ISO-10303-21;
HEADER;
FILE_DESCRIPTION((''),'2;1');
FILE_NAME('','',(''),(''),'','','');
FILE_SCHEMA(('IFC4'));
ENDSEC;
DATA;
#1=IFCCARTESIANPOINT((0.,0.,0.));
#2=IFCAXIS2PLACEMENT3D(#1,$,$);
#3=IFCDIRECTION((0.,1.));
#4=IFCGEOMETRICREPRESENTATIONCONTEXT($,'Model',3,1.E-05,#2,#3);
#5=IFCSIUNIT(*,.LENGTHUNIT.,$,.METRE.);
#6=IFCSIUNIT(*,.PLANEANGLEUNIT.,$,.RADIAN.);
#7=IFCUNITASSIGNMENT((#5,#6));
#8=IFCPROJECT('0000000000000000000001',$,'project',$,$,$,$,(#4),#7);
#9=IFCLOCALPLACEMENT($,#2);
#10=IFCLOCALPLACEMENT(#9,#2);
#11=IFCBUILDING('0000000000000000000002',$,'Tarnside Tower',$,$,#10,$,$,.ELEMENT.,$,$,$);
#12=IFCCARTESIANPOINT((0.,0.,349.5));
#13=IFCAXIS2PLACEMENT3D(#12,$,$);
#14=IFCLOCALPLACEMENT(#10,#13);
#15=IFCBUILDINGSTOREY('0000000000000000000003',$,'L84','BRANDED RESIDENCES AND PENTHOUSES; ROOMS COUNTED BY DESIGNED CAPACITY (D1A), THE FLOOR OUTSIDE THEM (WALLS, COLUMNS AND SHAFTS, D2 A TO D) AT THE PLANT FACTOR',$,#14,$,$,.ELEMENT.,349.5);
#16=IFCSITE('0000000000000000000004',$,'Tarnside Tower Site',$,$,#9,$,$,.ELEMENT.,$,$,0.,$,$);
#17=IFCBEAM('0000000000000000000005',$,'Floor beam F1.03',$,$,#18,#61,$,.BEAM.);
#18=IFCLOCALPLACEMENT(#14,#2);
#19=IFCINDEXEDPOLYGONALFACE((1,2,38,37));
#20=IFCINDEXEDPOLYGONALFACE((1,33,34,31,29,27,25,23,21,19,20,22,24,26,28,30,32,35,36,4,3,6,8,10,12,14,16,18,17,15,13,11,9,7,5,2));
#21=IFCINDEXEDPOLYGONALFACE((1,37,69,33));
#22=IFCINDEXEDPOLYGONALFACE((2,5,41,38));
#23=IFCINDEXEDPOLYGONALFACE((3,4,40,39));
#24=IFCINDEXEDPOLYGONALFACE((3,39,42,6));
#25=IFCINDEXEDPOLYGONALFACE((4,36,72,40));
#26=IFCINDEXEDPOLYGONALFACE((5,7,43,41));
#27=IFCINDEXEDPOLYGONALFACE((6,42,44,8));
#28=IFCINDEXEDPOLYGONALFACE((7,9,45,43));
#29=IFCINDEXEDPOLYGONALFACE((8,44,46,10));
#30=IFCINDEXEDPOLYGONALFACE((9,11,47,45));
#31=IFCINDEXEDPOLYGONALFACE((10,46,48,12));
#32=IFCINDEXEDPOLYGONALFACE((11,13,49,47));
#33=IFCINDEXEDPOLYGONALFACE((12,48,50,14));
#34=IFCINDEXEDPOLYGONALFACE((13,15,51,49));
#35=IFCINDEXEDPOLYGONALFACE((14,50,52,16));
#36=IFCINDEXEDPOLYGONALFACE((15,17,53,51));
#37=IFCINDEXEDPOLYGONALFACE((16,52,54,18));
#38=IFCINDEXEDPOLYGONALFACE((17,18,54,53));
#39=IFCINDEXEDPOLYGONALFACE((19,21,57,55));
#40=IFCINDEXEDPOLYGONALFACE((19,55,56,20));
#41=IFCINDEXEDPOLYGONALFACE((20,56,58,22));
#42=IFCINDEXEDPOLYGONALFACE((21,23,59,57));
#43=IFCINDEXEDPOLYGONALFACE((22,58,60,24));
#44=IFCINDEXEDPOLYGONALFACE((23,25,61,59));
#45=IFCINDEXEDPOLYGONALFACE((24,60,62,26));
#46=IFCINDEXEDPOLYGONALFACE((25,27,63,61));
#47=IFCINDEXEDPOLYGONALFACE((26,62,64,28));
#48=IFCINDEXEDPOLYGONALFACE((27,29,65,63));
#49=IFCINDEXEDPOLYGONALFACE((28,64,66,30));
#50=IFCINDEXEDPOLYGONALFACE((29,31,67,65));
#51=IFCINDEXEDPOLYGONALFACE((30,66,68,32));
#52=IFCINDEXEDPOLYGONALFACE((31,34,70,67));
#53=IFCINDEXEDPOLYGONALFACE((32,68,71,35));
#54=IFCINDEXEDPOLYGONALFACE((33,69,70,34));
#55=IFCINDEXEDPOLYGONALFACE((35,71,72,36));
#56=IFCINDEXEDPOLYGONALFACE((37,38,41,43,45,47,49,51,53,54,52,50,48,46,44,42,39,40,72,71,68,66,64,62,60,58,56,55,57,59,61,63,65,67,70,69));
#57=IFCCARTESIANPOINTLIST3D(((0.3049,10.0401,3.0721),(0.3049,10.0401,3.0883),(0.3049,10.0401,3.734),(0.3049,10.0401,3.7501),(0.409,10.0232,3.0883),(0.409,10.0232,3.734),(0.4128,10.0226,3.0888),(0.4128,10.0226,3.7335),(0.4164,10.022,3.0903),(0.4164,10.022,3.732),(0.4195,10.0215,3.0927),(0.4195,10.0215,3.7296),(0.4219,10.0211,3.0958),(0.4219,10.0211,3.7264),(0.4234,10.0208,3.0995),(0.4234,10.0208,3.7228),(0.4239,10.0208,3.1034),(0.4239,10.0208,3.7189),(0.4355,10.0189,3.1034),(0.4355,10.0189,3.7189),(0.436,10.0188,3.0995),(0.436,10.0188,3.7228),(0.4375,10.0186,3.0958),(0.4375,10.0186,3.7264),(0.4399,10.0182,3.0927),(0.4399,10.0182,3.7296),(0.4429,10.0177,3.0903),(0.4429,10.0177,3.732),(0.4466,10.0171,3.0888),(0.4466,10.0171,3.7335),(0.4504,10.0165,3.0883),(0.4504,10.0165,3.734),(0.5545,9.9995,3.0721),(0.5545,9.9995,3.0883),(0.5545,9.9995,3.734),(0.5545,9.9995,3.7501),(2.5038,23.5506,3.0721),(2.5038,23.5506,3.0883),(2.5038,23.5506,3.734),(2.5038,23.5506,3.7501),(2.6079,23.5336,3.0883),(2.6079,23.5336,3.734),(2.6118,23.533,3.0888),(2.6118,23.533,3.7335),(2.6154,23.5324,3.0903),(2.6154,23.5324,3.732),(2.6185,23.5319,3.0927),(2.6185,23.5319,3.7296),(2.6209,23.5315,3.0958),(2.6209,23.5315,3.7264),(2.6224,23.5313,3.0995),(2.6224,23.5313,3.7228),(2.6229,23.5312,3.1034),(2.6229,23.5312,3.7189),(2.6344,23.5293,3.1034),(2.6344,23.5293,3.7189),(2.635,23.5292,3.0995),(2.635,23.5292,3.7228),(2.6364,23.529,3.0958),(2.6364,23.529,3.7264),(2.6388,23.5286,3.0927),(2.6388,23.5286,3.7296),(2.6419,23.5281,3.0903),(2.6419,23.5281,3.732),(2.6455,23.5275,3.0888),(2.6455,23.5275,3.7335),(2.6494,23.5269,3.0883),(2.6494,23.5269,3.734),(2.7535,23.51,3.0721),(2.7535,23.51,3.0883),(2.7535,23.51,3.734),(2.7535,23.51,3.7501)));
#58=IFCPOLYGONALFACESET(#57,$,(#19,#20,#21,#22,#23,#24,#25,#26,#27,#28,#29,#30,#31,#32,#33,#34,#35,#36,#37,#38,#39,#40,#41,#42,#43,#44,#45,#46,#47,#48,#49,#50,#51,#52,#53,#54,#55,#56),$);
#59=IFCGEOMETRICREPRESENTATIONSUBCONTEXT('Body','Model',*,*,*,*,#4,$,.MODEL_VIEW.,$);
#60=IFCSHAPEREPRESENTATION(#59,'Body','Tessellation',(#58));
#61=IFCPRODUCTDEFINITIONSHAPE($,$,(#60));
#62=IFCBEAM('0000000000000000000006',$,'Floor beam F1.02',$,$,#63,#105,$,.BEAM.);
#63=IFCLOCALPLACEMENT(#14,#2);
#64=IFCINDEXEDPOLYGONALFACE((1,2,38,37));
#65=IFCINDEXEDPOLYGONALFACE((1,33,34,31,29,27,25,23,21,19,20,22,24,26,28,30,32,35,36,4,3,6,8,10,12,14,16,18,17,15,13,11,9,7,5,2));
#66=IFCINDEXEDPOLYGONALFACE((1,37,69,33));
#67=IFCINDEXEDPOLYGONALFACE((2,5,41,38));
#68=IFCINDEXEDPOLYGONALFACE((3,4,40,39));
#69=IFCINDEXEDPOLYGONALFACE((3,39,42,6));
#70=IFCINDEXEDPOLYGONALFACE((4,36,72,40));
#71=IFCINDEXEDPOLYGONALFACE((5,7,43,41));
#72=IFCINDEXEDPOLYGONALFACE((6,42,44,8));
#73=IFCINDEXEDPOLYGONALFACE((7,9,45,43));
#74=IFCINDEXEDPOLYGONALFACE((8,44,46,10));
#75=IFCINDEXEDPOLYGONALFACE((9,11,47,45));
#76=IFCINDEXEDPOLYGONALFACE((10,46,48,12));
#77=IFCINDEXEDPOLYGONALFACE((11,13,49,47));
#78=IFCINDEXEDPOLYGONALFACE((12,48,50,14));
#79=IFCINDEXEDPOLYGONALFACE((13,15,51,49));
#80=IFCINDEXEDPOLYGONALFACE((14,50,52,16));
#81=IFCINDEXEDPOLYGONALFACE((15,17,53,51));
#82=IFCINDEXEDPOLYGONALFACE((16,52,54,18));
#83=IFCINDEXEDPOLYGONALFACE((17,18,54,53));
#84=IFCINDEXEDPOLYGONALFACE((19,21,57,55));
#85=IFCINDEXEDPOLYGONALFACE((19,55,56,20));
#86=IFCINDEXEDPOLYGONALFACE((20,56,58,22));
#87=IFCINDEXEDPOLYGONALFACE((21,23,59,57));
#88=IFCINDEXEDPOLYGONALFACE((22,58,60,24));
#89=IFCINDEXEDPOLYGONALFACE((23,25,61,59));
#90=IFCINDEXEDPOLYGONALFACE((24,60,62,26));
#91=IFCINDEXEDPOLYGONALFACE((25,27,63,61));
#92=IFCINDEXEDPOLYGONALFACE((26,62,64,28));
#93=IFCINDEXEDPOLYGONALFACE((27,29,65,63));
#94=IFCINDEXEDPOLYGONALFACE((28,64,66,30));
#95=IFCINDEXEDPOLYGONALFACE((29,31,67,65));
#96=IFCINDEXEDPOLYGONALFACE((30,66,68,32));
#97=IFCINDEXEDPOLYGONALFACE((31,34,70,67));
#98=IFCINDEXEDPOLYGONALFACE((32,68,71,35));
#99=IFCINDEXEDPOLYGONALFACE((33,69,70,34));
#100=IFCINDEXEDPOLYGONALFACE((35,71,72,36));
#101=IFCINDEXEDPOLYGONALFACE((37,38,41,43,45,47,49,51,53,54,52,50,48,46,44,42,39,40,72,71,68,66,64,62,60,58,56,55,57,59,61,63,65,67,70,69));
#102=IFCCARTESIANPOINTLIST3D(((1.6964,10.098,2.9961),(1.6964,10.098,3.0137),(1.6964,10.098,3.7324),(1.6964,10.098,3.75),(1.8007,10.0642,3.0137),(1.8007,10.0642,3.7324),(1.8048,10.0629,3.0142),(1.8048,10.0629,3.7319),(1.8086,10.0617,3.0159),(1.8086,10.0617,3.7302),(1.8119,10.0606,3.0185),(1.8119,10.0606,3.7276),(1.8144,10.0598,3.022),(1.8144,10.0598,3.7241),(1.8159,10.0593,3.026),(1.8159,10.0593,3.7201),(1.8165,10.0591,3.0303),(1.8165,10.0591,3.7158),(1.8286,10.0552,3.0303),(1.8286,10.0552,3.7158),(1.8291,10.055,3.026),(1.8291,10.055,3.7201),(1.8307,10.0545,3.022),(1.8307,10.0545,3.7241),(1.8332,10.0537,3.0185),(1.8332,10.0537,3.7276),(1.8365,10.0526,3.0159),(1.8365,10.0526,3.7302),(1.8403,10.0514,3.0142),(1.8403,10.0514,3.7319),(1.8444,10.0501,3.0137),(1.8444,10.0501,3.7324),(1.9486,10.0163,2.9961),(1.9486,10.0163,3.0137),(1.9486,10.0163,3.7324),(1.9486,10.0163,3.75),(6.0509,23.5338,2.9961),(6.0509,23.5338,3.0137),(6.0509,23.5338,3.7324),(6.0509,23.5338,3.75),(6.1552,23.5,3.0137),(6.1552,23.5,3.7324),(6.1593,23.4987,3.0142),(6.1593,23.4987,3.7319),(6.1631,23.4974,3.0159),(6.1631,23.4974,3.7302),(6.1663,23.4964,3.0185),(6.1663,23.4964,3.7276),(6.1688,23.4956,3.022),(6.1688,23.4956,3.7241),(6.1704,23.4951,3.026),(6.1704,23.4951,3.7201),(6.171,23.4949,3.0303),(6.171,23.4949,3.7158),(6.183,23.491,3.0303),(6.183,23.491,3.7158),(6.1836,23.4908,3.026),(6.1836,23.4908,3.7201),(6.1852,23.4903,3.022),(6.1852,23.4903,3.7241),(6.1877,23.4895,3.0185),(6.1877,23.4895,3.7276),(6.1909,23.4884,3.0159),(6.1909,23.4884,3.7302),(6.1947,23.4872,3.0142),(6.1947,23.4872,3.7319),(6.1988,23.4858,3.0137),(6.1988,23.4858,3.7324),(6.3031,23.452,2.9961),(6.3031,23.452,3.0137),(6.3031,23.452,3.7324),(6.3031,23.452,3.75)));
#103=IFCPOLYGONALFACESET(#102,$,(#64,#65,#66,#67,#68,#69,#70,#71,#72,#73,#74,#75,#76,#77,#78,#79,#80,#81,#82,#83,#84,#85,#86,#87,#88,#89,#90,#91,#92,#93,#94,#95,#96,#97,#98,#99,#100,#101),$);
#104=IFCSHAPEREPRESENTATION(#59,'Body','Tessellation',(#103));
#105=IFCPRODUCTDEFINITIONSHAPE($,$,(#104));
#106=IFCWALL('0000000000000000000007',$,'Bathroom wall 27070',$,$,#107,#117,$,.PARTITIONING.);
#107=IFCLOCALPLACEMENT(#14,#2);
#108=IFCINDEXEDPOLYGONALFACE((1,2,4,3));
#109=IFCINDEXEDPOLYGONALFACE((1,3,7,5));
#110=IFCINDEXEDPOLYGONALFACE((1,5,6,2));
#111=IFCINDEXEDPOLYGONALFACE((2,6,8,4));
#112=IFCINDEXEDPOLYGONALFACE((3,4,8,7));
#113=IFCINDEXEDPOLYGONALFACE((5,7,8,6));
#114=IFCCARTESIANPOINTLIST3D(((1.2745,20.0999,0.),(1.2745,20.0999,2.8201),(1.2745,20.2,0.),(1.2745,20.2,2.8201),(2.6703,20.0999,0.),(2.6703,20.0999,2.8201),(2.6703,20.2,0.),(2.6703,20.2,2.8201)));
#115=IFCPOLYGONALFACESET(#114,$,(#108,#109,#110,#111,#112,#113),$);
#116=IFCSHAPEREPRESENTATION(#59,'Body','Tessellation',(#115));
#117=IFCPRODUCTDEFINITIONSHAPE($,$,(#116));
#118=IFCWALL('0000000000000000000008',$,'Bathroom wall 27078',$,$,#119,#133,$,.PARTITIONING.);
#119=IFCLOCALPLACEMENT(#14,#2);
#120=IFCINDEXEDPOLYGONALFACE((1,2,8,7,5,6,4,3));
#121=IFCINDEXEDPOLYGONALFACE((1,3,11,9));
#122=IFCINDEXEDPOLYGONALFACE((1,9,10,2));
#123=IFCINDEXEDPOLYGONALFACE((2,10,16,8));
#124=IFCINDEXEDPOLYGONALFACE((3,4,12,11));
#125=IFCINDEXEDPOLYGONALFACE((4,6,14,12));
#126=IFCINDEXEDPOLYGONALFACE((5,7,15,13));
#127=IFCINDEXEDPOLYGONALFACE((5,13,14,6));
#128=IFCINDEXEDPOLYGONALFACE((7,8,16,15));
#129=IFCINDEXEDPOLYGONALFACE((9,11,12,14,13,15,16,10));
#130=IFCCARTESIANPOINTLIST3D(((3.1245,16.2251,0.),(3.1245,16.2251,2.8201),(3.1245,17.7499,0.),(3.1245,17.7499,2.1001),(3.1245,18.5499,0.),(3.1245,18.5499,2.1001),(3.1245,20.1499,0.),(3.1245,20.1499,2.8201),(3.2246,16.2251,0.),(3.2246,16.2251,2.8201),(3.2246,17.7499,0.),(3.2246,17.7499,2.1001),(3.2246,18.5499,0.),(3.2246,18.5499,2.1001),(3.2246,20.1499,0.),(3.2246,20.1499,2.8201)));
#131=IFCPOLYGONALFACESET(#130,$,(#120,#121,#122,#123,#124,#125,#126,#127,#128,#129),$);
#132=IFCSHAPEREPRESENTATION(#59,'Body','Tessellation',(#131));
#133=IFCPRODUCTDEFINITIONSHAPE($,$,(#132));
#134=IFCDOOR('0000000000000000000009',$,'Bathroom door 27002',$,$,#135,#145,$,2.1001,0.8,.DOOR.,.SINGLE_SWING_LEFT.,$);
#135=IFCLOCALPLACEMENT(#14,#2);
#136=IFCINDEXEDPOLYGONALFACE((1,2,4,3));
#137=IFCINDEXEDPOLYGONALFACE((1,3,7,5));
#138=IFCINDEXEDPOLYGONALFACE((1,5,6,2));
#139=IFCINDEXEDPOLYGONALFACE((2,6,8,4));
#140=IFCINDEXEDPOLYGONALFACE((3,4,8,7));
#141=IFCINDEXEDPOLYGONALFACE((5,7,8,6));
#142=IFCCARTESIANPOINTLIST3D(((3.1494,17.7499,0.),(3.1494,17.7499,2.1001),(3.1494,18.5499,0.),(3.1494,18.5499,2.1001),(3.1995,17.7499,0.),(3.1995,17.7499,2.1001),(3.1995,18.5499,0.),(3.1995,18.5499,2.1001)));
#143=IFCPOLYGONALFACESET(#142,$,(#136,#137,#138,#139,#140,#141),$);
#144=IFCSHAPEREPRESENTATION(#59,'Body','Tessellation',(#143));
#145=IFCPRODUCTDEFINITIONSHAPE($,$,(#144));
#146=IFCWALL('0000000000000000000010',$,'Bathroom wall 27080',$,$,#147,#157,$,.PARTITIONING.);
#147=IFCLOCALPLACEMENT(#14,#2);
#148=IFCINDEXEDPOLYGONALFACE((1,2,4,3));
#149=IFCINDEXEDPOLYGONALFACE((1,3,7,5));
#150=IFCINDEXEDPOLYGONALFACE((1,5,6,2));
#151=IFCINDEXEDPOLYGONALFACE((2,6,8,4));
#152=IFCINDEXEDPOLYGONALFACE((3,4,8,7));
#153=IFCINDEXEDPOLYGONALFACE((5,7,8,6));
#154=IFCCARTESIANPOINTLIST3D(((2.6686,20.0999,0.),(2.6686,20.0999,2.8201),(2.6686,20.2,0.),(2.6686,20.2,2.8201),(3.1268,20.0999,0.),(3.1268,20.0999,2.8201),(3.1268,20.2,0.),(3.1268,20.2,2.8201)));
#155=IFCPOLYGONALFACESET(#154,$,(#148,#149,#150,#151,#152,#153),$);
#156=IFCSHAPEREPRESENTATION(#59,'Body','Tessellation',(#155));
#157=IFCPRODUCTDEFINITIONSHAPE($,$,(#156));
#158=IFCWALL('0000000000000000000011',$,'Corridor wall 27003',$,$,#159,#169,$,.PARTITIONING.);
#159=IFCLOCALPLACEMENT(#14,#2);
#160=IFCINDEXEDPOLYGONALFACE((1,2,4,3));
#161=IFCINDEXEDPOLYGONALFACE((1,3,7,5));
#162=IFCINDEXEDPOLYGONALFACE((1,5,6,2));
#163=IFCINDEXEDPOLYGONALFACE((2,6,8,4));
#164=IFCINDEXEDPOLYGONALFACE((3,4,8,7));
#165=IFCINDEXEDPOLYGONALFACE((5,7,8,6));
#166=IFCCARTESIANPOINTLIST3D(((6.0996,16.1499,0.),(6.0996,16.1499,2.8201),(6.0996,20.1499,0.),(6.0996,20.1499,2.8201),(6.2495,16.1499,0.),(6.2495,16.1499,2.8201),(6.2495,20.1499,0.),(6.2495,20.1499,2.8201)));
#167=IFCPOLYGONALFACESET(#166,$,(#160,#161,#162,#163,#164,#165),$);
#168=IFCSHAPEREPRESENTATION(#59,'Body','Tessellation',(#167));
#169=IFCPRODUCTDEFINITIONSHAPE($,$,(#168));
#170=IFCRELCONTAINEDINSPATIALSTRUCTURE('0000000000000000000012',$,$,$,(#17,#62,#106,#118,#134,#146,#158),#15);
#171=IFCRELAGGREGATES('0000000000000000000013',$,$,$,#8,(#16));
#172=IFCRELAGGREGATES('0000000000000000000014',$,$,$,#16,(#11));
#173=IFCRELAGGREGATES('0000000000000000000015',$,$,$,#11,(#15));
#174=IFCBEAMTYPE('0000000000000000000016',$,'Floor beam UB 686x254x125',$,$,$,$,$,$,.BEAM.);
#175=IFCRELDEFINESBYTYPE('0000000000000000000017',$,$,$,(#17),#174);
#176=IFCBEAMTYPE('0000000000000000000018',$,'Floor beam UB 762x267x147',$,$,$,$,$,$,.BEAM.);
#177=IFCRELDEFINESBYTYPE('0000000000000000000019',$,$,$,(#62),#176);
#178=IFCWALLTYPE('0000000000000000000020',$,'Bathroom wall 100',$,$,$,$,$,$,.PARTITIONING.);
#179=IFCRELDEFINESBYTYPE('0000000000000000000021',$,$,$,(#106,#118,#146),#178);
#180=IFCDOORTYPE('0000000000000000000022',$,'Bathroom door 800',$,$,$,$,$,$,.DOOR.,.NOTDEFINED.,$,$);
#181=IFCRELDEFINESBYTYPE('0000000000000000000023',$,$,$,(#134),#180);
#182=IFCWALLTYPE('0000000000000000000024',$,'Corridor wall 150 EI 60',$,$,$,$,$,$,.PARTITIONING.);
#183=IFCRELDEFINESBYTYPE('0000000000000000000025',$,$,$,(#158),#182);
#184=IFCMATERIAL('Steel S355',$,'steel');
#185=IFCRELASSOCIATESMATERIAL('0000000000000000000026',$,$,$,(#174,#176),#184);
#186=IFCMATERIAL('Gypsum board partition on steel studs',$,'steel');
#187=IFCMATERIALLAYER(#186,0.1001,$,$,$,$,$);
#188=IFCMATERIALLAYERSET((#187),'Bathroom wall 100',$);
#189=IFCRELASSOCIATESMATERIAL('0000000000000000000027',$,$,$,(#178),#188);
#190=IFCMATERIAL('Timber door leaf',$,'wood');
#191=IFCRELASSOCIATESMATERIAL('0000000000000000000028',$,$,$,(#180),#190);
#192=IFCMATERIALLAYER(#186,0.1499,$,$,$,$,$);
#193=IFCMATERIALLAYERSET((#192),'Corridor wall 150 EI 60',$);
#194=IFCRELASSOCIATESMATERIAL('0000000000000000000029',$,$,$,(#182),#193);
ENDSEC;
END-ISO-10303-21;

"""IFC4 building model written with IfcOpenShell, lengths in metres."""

from ifc_helpers import new_model, si_unit, direction, frame, frame_2d, origin, origin_2d, place, context, subcontext, project, spatial, rectangle, i_section, extrude, material, layer, layer_set, material_profile, profile_set, type_object, element, fill, save


model = new_model("IFC4")

# Units and contexts
model_context = context("Model", 3, precision=1e-05, world=origin(), true_north=direction((0.0, 1.0)))
body_context = subcontext(model_context, "Body", "Model", "MODEL_VIEW")
ifc_project = project(units=[si_unit("LENGTHUNIT", "METRE"), si_unit("PLANEANGLEUNIT", "RADIAN")], contexts=[model_context])

# Site, building, storey
site_placement = place(None, origin())
site = spatial("IfcSite", under=ifc_project, at=site_placement, Name="Tarnside Tower Site", CompositionType="ELEMENT", RefElevation=0.0)
building_placement = place(site_placement, origin())
building = spatial("IfcBuilding", under=site, at=building_placement, Name="Tarnside Tower", CompositionType="ELEMENT")
storey_placement = place(building_placement, frame((0.0, 0.0, 349.5)))
storey = spatial("IfcBuildingStorey", under=building, at=storey_placement, Name="L84", Description="BRANDED RESIDENCES AND PENTHOUSES; ROOMS COUNTED BY DESIGNED CAPACITY (D1A), THE FLOOR OUTSIDE THEM (WALLS, COLUMNS AND SHAFTS, D2 A TO D) AT THE PLANT FACTOR", CompositionType="ELEMENT", Elevation=349.5)

# Beams
ifc_material_1 = material(Name="Steel S355", Category="steel")
ifc_material_profile_1 = material_profile(ifc_material_1, i_section(OverallWidth=0.2529, OverallDepth=0.678, WebThickness=0.0117, FlangeThickness=0.0161, FilletRadius=0.0151, at=origin_2d()), Name="UB 686x254x125")
ifc_profile_set_1 = profile_set([ifc_material_profile_1], Name="Steel S355")
beam_type_1 = type_object("IfcBeamType", Name="Floor beam UB 686x254x125", PredefinedType="BEAM", material=ifc_profile_set_1)
beam_1_placement = place(storey_placement, frame((2.6287, 23.5303, 3.4111), z_axis=(-0.160647, -0.987012, 0.0), x_axis=(0.987012, -0.160647, 0.0)))
element("IfcBeam", 1, at=beam_1_placement, inside=storey, type_object=beam_type_1, Name="Floor beam F1.03", PredefinedType="BEAM", context=body_context, shape_type="SweptSolid", body=[
    extrude(i_section(OverallWidth=0.2529, OverallDepth=0.678, WebThickness=0.0117, FlangeThickness=0.0161, FilletRadius=0.0151, at=origin_2d()), origin(), (0.0, 0.0, 1.0), 13.6882),
])
ifc_material_profile_2 = material_profile(ifc_material_1, i_section(OverallWidth=0.2651, OverallDepth=0.7539, WebThickness=0.0127, FlangeThickness=0.0176, FilletRadius=0.0166, at=origin_2d()), Name="UB 762x267x147")
ifc_profile_set_2 = profile_set([ifc_material_profile_2], Name="Steel S355")
beam_type_2 = type_object("IfcBeamType", Name="Floor beam UB 762x267x147", PredefinedType="BEAM", material=ifc_profile_set_2)
beam_2_placement = place(storey_placement, frame((6.177, 23.4929, 3.373), z_axis=(-0.308309, -0.951286, 0.0), x_axis=(0.951286, -0.308309, 0.0)))
element("IfcBeam", 2, at=beam_2_placement, inside=storey, type_object=beam_type_2, Name="Floor beam F1.02", PredefinedType="BEAM", context=body_context, shape_type="SweptSolid", body=[
    extrude(i_section(OverallWidth=0.2651, OverallDepth=0.7539, WebThickness=0.0127, FlangeThickness=0.0176, FilletRadius=0.0166, at=origin_2d()), origin(), (0.0, 0.0, 1.0), 14.1238),
])

# Wall
ifc_material_2 = material(Name="Gypsum board partition on steel studs", Category="steel")
ifc_layer_1 = layer(ifc_material_2, 0.1001)
ifc_layer_set_1 = layer_set([ifc_layer_1], Name="Bathroom wall 100")
wall_type_1 = type_object("IfcWallType", Name="Bathroom wall 100", PredefinedType="PARTITIONING", material=ifc_layer_set_1)
wall_1_placement = place(storey_placement, frame((1.2747, 20.1499, 0.0), z_axis=(0.0, 0.0, 1.0), x_axis=(1.0, 0.0, 0.0)))
element("IfcWall", 3, at=wall_1_placement, inside=storey, type_object=wall_type_1, Name="Bathroom wall 27070", PredefinedType="PARTITIONING", context=body_context, shape_type="SweptSolid", body=[
    extrude(rectangle(XDim=1.3958, YDim=0.1001, at=frame_2d((0.6978, 0.0))), origin(), (0.0, 0.0, 1.0), 2.8201),
])

# Wall, opening, door
wall_2_placement = place(storey_placement, frame((3.1746, 20.1499, 0.0), z_axis=(0.0, 0.0, 1.0), x_axis=(0.0, -1.0, 0.0)))
wall_2 = element("IfcWall", 4, at=wall_2_placement, inside=storey, type_object=wall_type_1, Name="Bathroom wall 27078", PredefinedType="PARTITIONING", context=body_context, shape_type="SweptSolid", body=[
    extrude(rectangle(XDim=3.9248, YDim=0.1001, at=frame_2d((1.9624, 0.0))), origin(), (0.0, 0.0, 1.0), 2.8201),
])
opening_1_placement = place(wall_2_placement, frame((1.6001, 0.0, 0.0)))
opening_1 = element("IfcOpeningElement", 5, at=opening_1_placement, cuts=wall_2, PredefinedType="OPENING", context=body_context, shape_type="SweptSolid", body=[
    extrude(rectangle(XDim=0.8, YDim=2.1001, at=frame_2d((0.3999, 1.05))), frame((0.0, 0.0601, 0.0), z_axis=(0.0, -1.0, 0.0), x_axis=(1.0, 0.0, 0.0)), (0.0, 0.0, 1.0), 0.1201),
])
ifc_material_3 = material(Name="Timber door leaf", Category="wood")
door_type_1 = type_object("IfcDoorType", Name="Bathroom door 800", OperationType="NOTDEFINED", PredefinedType="DOOR", material=ifc_material_3)
door_1_placement = place(opening_1_placement, origin())
door_1 = element("IfcDoor", 6, at=door_1_placement, inside=storey, type_object=door_type_1, Name="Bathroom door 27002", OperationType="SINGLE_SWING_LEFT", OverallHeight=2.1001, OverallWidth=0.8, PredefinedType="DOOR", context=body_context, shape_type="SweptSolid", body=[
    extrude(rectangle(XDim=0.8, YDim=2.1001, at=frame_2d((0.3999, 1.05))), frame((0.0, 0.0249, 0.0), z_axis=(0.0, -1.0, 0.0), x_axis=(1.0, 0.0, 0.0)), (0.0, 0.0, 1.0), 0.05),
])
fill(opening_1, door_1)

# Walls
wall_3_placement = place(storey_placement, frame((3.1267, 20.1499, 0.0), z_axis=(0.0, 0.0, 1.0), x_axis=(-1.0, 0.0, 0.0)))
element("IfcWall", 7, at=wall_3_placement, inside=storey, type_object=wall_type_1, Name="Bathroom wall 27080", PredefinedType="PARTITIONING", context=body_context, shape_type="SweptSolid", body=[
    extrude(rectangle(XDim=0.4583, YDim=0.1001, at=frame_2d((0.229, 0.0))), origin(), (0.0, 0.0, 1.0), 2.8201),
])
ifc_layer_2 = layer(ifc_material_2, 0.1499)
ifc_layer_set_2 = layer_set([ifc_layer_2], Name="Corridor wall 150 EI 60")
wall_type_2 = type_object("IfcWallType", Name="Corridor wall 150 EI 60", PredefinedType="PARTITIONING", material=ifc_layer_set_2)
wall_4_placement = place(storey_placement, frame((6.1746, 20.1499, 0.0), z_axis=(0.0, 0.0, 1.0), x_axis=(0.0, -1.0, 0.0)))
element("IfcWall", 8, at=wall_4_placement, inside=storey, type_object=wall_type_2, Name="Corridor wall 27003", PredefinedType="PARTITIONING", context=body_context, shape_type="SweptSolid", body=[
    extrude(rectangle(XDim=4.0, YDim=0.1499, at=frame_2d((2.0, 0.0))), origin(), (0.0, 0.0, 1.0), 2.8201),
])

save(model, "model.ifc")
